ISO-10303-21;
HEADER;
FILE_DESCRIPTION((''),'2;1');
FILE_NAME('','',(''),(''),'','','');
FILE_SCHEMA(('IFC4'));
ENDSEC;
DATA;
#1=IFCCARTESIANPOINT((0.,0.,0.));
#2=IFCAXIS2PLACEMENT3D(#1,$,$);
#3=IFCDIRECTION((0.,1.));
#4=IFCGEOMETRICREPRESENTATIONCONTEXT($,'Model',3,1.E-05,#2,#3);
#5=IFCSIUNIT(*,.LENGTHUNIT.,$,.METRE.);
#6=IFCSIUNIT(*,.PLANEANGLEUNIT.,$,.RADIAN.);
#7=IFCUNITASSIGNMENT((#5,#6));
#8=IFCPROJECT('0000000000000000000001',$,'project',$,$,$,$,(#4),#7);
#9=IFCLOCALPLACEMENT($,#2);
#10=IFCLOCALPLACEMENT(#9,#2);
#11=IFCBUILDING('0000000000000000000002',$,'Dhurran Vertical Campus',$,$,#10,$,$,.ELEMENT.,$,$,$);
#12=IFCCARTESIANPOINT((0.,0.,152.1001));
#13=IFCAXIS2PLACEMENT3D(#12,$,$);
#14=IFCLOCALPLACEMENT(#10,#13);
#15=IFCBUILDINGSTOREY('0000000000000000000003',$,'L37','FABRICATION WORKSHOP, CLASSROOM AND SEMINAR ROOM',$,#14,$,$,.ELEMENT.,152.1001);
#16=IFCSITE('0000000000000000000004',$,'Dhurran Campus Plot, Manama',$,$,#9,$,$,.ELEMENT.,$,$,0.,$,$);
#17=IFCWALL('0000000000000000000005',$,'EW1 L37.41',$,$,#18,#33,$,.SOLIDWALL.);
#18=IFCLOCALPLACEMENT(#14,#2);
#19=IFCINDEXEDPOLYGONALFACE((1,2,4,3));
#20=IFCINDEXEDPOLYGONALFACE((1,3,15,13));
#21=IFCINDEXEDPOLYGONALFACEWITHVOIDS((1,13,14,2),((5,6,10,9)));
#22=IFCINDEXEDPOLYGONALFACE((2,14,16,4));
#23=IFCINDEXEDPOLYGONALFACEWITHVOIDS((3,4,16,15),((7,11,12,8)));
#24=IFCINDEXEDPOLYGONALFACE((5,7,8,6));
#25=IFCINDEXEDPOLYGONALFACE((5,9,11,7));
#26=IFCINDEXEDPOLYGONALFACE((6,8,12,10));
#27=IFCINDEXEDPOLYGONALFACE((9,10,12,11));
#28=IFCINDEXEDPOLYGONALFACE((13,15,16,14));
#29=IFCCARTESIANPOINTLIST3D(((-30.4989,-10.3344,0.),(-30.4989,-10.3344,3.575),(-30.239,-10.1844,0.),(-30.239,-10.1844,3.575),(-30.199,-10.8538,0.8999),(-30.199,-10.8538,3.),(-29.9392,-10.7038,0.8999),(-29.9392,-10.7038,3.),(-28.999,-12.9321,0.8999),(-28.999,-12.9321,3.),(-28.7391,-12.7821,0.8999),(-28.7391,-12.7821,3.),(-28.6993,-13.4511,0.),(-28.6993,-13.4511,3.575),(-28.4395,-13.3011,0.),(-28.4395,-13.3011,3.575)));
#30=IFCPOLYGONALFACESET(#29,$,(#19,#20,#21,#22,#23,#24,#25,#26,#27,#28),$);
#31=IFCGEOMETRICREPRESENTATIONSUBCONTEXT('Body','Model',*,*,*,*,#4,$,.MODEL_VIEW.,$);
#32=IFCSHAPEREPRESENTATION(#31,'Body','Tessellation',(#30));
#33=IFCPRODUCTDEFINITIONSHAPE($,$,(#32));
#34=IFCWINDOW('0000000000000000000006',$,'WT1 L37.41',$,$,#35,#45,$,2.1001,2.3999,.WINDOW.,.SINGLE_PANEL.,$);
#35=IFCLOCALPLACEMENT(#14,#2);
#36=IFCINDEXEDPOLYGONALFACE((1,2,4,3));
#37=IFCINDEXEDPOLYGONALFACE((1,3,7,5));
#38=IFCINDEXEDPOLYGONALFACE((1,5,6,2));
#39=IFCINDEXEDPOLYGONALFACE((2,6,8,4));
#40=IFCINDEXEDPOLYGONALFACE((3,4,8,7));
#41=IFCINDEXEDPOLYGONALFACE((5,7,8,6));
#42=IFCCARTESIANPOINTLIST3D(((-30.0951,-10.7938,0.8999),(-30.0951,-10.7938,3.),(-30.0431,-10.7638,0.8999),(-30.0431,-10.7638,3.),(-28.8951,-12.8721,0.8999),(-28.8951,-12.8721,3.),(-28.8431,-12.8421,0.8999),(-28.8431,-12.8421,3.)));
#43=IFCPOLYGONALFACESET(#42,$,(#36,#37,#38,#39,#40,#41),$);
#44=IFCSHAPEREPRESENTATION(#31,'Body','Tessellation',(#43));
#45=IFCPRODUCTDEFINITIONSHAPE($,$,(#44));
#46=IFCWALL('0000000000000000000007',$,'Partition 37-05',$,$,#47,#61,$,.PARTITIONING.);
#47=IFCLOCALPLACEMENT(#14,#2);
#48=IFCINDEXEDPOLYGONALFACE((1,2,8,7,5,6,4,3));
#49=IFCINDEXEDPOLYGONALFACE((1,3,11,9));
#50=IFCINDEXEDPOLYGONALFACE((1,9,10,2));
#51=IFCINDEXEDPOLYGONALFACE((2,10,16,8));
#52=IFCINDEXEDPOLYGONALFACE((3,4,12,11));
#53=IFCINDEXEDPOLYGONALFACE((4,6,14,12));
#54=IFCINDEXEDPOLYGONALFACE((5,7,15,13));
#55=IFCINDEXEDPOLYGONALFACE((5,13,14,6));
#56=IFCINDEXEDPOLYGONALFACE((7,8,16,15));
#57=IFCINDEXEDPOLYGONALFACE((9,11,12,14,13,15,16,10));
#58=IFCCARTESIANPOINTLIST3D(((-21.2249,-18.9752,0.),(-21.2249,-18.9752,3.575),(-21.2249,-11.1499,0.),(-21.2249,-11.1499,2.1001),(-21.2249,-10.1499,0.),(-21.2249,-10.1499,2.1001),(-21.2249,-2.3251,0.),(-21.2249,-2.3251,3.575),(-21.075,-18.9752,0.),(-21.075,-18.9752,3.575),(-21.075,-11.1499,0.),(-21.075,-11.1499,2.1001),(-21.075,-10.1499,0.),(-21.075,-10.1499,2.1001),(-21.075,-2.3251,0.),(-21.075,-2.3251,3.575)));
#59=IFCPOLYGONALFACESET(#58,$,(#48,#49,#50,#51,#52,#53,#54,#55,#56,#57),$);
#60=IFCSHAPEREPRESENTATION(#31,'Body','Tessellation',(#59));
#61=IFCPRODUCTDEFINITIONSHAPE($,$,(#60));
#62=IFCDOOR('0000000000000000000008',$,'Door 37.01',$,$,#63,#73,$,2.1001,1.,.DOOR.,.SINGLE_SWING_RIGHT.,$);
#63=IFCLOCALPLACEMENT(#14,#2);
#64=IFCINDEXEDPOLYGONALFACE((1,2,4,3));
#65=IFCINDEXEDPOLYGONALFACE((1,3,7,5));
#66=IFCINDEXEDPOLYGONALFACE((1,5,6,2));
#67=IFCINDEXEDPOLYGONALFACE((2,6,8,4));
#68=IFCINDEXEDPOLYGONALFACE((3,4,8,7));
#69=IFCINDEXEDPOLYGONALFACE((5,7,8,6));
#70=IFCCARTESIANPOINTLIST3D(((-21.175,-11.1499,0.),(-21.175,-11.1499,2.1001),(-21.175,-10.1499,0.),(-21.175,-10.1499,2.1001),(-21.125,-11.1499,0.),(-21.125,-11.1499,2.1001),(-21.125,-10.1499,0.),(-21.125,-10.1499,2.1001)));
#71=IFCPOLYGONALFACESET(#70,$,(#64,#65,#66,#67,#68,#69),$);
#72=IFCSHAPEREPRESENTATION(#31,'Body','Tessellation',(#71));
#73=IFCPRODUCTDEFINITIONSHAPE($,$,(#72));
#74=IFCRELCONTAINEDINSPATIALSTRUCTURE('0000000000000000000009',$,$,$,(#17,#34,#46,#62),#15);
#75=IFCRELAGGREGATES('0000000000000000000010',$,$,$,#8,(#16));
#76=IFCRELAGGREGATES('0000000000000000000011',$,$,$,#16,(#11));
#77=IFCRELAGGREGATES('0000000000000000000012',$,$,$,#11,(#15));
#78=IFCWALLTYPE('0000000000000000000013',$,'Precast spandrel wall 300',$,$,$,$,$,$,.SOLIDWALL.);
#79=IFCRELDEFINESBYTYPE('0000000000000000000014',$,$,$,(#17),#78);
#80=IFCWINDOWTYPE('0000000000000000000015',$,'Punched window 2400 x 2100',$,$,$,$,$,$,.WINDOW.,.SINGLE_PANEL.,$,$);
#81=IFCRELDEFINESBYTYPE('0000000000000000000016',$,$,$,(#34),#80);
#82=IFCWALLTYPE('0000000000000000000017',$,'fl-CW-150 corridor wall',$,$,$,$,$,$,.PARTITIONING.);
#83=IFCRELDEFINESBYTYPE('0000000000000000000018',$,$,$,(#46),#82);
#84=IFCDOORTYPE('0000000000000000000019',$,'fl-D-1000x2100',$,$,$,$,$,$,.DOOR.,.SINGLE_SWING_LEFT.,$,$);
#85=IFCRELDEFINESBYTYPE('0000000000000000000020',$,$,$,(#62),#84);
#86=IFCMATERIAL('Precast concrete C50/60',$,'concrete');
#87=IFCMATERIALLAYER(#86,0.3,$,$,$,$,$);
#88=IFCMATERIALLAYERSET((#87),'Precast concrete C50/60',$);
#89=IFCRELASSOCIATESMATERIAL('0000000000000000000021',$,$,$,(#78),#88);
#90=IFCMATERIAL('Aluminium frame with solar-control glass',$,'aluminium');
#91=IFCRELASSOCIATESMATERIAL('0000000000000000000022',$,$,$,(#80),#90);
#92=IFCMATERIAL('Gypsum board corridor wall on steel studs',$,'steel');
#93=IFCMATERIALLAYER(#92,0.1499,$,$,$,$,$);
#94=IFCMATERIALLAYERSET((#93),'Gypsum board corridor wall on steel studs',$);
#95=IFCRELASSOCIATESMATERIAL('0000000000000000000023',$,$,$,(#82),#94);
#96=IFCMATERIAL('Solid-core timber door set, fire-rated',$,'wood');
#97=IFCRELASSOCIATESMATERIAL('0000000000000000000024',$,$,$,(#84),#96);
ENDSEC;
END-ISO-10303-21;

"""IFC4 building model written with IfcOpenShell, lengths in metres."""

from ifc_helpers import new_model, si_unit, direction, frame, frame_2d, origin, place, context, subcontext, project, spatial, rectangle, extrude, material, layer, layer_set, type_object, element, fill, save


model = new_model("IFC4")

# Units and contexts
model_context = context("Model", 3, precision=1e-05, world=origin(), true_north=direction((0.0, 1.0)))
body_context = subcontext(model_context, "Body", "Model", "MODEL_VIEW")
ifc_project = project(units=[si_unit("LENGTHUNIT", "METRE"), si_unit("PLANEANGLEUNIT", "RADIAN")], contexts=[model_context])

# Site, building, storey
site_placement = place(None, origin())
site = spatial("IfcSite", under=ifc_project, at=site_placement, Name="Dhurran Campus Plot, Manama", CompositionType="ELEMENT", RefElevation=0.0)
building_placement = place(site_placement, origin())
building = spatial("IfcBuilding", under=site, at=building_placement, Name="Dhurran Vertical Campus", CompositionType="ELEMENT")
storey_placement = place(building_placement, frame((0.0, 0.0, 152.1001)))
storey = spatial("IfcBuildingStorey", under=building, at=storey_placement, Name="L37", Description="FABRICATION WORKSHOP, CLASSROOM AND SEMINAR ROOM", CompositionType="ELEMENT", Elevation=152.1001)

# Wall, opening, window
ifc_material_1 = material(Name="Precast concrete C50/60", Category="concrete")
ifc_layer_1 = layer(ifc_material_1, 0.3)
ifc_layer_set_1 = layer_set([ifc_layer_1], Name="Precast concrete C50/60")
wall_type_1 = type_object("IfcWallType", Name="Precast spandrel wall 300", PredefinedType="SOLIDWALL", material=ifc_layer_set_1)
ifc_material_2 = material(Name="Aluminium frame with solar-control glass", Category="aluminium")
window_type = type_object("IfcWindowType", Name="Punched window 2400 x 2100", PartitioningType="SINGLE_PANEL", PredefinedType="WINDOW", material=ifc_material_2)
wall_1_placement = place(storey_placement, frame((-30.3689, -10.2595, 0.0), z_axis=(0.0, 0.0, 1.0), x_axis=(0.500028, -0.866009, 0.0)))
wall_1 = element("IfcWall", 1, at=wall_1_placement, inside=storey, type_object=wall_type_1, Name="EW1 L37.41", PredefinedType="SOLIDWALL", context=body_context, shape_type="SweptSolid", body=[
    extrude(rectangle(XDim=3.5989, YDim=0.3, at=frame_2d((1.7993, 0.0))), origin(), (0.0, 0.0, 1.0), 3.575),
])
opening_1_placement = place(wall_1_placement, frame((0.5996, 0.0, 0.8999)))
opening_1 = element("IfcOpeningElement", 2, at=opening_1_placement, cuts=wall_1, PredefinedType="OPENING", context=body_context, shape_type="SweptSolid", body=[
    extrude(rectangle(XDim=2.3999, YDim=2.1001, at=frame_2d((1.2, 1.05))), frame((0.0, 0.1599, 0.0), z_axis=(0.0, -1.0, 0.0), x_axis=(1.0, 0.0, 0.0)), (0.0, 0.0, 1.0), 0.3201),
])
window_1_placement = place(opening_1_placement, origin())
window_1 = element("IfcWindow", 3, at=window_1_placement, inside=storey, type_object=window_type, Name="WT1 L37.41", OverallHeight=2.1001, OverallWidth=2.3999, PartitioningType="SINGLE_PANEL", PredefinedType="WINDOW", context=body_context, shape_type="SweptSolid", body=[
    extrude(rectangle(XDim=2.3999, YDim=2.1001, at=frame_2d((1.2, 1.05))), frame((0.0, 0.03, 0.0), z_axis=(0.0, -1.0, 0.0), x_axis=(1.0, 0.0, 0.0)), (0.0, 0.0, 1.0), 0.0601),
])
fill(opening_1, window_1)

# Wall, opening, door
ifc_material_3 = material(Name="Gypsum board corridor wall on steel studs", Category="steel")
ifc_layer_2 = layer(ifc_material_3, 0.1499)
ifc_layer_set_2 = layer_set([ifc_layer_2], Name="Gypsum board corridor wall on steel studs")
wall_type_2 = type_object("IfcWallType", Name="fl-CW-150 corridor wall", PredefinedType="PARTITIONING", material=ifc_layer_set_2)
wall_2_placement = place(storey_placement, frame((-21.1499, -2.325, 0.0), z_axis=(0.0, 0.0, 1.0), x_axis=(0.0, -1.0, 0.0)))
wall_2 = element("IfcWall", 4, at=wall_2_placement, inside=storey, type_object=wall_type_2, Name="Partition 37-05", PredefinedType="PARTITIONING", context=body_context, shape_type="SweptSolid", body=[
    extrude(rectangle(XDim=16.6501, YDim=0.1499, at=frame_2d((8.3252, 0.0))), origin(), (0.0, 0.0, 1.0), 3.575),
])
opening_2_placement = place(wall_2_placement, frame((7.825, 0.0, 0.0)))
opening_2 = element("IfcOpeningElement", 5, at=opening_2_placement, cuts=wall_2, PredefinedType="OPENING", context=body_context, shape_type="SweptSolid", body=[
    extrude(rectangle(XDim=1.0, YDim=2.1001, at=frame_2d((0.5, 1.05))), frame((0.0, 0.085, 0.0), z_axis=(0.0, -1.0, 0.0), x_axis=(1.0, 0.0, 0.0)), (0.0, 0.0, 1.0), 0.1699),
])
ifc_material_4 = material(Name="Solid-core timber door set, fire-rated", Category="wood")
door_type = type_object("IfcDoorType", Name="fl-D-1000x2100", OperationType="SINGLE_SWING_LEFT", PredefinedType="DOOR", material=ifc_material_4)
door_placement = place(opening_2_placement, origin())
door = element("IfcDoor", 6, at=door_placement, inside=storey, type_object=door_type, Name="Door 37.01", OperationType="SINGLE_SWING_RIGHT", OverallHeight=2.1001, OverallWidth=1.0, PredefinedType="DOOR", context=body_context, shape_type="SweptSolid", body=[
    extrude(rectangle(XDim=1.0, YDim=2.1001, at=frame_2d((0.5, 1.05))), frame((0.0, 0.0249, 0.0), z_axis=(0.0, -1.0, 0.0), x_axis=(1.0, 0.0, 0.0)), (0.0, 0.0, 1.0), 0.05),
])
fill(opening_2, door)

save(model, "model.ifc")
